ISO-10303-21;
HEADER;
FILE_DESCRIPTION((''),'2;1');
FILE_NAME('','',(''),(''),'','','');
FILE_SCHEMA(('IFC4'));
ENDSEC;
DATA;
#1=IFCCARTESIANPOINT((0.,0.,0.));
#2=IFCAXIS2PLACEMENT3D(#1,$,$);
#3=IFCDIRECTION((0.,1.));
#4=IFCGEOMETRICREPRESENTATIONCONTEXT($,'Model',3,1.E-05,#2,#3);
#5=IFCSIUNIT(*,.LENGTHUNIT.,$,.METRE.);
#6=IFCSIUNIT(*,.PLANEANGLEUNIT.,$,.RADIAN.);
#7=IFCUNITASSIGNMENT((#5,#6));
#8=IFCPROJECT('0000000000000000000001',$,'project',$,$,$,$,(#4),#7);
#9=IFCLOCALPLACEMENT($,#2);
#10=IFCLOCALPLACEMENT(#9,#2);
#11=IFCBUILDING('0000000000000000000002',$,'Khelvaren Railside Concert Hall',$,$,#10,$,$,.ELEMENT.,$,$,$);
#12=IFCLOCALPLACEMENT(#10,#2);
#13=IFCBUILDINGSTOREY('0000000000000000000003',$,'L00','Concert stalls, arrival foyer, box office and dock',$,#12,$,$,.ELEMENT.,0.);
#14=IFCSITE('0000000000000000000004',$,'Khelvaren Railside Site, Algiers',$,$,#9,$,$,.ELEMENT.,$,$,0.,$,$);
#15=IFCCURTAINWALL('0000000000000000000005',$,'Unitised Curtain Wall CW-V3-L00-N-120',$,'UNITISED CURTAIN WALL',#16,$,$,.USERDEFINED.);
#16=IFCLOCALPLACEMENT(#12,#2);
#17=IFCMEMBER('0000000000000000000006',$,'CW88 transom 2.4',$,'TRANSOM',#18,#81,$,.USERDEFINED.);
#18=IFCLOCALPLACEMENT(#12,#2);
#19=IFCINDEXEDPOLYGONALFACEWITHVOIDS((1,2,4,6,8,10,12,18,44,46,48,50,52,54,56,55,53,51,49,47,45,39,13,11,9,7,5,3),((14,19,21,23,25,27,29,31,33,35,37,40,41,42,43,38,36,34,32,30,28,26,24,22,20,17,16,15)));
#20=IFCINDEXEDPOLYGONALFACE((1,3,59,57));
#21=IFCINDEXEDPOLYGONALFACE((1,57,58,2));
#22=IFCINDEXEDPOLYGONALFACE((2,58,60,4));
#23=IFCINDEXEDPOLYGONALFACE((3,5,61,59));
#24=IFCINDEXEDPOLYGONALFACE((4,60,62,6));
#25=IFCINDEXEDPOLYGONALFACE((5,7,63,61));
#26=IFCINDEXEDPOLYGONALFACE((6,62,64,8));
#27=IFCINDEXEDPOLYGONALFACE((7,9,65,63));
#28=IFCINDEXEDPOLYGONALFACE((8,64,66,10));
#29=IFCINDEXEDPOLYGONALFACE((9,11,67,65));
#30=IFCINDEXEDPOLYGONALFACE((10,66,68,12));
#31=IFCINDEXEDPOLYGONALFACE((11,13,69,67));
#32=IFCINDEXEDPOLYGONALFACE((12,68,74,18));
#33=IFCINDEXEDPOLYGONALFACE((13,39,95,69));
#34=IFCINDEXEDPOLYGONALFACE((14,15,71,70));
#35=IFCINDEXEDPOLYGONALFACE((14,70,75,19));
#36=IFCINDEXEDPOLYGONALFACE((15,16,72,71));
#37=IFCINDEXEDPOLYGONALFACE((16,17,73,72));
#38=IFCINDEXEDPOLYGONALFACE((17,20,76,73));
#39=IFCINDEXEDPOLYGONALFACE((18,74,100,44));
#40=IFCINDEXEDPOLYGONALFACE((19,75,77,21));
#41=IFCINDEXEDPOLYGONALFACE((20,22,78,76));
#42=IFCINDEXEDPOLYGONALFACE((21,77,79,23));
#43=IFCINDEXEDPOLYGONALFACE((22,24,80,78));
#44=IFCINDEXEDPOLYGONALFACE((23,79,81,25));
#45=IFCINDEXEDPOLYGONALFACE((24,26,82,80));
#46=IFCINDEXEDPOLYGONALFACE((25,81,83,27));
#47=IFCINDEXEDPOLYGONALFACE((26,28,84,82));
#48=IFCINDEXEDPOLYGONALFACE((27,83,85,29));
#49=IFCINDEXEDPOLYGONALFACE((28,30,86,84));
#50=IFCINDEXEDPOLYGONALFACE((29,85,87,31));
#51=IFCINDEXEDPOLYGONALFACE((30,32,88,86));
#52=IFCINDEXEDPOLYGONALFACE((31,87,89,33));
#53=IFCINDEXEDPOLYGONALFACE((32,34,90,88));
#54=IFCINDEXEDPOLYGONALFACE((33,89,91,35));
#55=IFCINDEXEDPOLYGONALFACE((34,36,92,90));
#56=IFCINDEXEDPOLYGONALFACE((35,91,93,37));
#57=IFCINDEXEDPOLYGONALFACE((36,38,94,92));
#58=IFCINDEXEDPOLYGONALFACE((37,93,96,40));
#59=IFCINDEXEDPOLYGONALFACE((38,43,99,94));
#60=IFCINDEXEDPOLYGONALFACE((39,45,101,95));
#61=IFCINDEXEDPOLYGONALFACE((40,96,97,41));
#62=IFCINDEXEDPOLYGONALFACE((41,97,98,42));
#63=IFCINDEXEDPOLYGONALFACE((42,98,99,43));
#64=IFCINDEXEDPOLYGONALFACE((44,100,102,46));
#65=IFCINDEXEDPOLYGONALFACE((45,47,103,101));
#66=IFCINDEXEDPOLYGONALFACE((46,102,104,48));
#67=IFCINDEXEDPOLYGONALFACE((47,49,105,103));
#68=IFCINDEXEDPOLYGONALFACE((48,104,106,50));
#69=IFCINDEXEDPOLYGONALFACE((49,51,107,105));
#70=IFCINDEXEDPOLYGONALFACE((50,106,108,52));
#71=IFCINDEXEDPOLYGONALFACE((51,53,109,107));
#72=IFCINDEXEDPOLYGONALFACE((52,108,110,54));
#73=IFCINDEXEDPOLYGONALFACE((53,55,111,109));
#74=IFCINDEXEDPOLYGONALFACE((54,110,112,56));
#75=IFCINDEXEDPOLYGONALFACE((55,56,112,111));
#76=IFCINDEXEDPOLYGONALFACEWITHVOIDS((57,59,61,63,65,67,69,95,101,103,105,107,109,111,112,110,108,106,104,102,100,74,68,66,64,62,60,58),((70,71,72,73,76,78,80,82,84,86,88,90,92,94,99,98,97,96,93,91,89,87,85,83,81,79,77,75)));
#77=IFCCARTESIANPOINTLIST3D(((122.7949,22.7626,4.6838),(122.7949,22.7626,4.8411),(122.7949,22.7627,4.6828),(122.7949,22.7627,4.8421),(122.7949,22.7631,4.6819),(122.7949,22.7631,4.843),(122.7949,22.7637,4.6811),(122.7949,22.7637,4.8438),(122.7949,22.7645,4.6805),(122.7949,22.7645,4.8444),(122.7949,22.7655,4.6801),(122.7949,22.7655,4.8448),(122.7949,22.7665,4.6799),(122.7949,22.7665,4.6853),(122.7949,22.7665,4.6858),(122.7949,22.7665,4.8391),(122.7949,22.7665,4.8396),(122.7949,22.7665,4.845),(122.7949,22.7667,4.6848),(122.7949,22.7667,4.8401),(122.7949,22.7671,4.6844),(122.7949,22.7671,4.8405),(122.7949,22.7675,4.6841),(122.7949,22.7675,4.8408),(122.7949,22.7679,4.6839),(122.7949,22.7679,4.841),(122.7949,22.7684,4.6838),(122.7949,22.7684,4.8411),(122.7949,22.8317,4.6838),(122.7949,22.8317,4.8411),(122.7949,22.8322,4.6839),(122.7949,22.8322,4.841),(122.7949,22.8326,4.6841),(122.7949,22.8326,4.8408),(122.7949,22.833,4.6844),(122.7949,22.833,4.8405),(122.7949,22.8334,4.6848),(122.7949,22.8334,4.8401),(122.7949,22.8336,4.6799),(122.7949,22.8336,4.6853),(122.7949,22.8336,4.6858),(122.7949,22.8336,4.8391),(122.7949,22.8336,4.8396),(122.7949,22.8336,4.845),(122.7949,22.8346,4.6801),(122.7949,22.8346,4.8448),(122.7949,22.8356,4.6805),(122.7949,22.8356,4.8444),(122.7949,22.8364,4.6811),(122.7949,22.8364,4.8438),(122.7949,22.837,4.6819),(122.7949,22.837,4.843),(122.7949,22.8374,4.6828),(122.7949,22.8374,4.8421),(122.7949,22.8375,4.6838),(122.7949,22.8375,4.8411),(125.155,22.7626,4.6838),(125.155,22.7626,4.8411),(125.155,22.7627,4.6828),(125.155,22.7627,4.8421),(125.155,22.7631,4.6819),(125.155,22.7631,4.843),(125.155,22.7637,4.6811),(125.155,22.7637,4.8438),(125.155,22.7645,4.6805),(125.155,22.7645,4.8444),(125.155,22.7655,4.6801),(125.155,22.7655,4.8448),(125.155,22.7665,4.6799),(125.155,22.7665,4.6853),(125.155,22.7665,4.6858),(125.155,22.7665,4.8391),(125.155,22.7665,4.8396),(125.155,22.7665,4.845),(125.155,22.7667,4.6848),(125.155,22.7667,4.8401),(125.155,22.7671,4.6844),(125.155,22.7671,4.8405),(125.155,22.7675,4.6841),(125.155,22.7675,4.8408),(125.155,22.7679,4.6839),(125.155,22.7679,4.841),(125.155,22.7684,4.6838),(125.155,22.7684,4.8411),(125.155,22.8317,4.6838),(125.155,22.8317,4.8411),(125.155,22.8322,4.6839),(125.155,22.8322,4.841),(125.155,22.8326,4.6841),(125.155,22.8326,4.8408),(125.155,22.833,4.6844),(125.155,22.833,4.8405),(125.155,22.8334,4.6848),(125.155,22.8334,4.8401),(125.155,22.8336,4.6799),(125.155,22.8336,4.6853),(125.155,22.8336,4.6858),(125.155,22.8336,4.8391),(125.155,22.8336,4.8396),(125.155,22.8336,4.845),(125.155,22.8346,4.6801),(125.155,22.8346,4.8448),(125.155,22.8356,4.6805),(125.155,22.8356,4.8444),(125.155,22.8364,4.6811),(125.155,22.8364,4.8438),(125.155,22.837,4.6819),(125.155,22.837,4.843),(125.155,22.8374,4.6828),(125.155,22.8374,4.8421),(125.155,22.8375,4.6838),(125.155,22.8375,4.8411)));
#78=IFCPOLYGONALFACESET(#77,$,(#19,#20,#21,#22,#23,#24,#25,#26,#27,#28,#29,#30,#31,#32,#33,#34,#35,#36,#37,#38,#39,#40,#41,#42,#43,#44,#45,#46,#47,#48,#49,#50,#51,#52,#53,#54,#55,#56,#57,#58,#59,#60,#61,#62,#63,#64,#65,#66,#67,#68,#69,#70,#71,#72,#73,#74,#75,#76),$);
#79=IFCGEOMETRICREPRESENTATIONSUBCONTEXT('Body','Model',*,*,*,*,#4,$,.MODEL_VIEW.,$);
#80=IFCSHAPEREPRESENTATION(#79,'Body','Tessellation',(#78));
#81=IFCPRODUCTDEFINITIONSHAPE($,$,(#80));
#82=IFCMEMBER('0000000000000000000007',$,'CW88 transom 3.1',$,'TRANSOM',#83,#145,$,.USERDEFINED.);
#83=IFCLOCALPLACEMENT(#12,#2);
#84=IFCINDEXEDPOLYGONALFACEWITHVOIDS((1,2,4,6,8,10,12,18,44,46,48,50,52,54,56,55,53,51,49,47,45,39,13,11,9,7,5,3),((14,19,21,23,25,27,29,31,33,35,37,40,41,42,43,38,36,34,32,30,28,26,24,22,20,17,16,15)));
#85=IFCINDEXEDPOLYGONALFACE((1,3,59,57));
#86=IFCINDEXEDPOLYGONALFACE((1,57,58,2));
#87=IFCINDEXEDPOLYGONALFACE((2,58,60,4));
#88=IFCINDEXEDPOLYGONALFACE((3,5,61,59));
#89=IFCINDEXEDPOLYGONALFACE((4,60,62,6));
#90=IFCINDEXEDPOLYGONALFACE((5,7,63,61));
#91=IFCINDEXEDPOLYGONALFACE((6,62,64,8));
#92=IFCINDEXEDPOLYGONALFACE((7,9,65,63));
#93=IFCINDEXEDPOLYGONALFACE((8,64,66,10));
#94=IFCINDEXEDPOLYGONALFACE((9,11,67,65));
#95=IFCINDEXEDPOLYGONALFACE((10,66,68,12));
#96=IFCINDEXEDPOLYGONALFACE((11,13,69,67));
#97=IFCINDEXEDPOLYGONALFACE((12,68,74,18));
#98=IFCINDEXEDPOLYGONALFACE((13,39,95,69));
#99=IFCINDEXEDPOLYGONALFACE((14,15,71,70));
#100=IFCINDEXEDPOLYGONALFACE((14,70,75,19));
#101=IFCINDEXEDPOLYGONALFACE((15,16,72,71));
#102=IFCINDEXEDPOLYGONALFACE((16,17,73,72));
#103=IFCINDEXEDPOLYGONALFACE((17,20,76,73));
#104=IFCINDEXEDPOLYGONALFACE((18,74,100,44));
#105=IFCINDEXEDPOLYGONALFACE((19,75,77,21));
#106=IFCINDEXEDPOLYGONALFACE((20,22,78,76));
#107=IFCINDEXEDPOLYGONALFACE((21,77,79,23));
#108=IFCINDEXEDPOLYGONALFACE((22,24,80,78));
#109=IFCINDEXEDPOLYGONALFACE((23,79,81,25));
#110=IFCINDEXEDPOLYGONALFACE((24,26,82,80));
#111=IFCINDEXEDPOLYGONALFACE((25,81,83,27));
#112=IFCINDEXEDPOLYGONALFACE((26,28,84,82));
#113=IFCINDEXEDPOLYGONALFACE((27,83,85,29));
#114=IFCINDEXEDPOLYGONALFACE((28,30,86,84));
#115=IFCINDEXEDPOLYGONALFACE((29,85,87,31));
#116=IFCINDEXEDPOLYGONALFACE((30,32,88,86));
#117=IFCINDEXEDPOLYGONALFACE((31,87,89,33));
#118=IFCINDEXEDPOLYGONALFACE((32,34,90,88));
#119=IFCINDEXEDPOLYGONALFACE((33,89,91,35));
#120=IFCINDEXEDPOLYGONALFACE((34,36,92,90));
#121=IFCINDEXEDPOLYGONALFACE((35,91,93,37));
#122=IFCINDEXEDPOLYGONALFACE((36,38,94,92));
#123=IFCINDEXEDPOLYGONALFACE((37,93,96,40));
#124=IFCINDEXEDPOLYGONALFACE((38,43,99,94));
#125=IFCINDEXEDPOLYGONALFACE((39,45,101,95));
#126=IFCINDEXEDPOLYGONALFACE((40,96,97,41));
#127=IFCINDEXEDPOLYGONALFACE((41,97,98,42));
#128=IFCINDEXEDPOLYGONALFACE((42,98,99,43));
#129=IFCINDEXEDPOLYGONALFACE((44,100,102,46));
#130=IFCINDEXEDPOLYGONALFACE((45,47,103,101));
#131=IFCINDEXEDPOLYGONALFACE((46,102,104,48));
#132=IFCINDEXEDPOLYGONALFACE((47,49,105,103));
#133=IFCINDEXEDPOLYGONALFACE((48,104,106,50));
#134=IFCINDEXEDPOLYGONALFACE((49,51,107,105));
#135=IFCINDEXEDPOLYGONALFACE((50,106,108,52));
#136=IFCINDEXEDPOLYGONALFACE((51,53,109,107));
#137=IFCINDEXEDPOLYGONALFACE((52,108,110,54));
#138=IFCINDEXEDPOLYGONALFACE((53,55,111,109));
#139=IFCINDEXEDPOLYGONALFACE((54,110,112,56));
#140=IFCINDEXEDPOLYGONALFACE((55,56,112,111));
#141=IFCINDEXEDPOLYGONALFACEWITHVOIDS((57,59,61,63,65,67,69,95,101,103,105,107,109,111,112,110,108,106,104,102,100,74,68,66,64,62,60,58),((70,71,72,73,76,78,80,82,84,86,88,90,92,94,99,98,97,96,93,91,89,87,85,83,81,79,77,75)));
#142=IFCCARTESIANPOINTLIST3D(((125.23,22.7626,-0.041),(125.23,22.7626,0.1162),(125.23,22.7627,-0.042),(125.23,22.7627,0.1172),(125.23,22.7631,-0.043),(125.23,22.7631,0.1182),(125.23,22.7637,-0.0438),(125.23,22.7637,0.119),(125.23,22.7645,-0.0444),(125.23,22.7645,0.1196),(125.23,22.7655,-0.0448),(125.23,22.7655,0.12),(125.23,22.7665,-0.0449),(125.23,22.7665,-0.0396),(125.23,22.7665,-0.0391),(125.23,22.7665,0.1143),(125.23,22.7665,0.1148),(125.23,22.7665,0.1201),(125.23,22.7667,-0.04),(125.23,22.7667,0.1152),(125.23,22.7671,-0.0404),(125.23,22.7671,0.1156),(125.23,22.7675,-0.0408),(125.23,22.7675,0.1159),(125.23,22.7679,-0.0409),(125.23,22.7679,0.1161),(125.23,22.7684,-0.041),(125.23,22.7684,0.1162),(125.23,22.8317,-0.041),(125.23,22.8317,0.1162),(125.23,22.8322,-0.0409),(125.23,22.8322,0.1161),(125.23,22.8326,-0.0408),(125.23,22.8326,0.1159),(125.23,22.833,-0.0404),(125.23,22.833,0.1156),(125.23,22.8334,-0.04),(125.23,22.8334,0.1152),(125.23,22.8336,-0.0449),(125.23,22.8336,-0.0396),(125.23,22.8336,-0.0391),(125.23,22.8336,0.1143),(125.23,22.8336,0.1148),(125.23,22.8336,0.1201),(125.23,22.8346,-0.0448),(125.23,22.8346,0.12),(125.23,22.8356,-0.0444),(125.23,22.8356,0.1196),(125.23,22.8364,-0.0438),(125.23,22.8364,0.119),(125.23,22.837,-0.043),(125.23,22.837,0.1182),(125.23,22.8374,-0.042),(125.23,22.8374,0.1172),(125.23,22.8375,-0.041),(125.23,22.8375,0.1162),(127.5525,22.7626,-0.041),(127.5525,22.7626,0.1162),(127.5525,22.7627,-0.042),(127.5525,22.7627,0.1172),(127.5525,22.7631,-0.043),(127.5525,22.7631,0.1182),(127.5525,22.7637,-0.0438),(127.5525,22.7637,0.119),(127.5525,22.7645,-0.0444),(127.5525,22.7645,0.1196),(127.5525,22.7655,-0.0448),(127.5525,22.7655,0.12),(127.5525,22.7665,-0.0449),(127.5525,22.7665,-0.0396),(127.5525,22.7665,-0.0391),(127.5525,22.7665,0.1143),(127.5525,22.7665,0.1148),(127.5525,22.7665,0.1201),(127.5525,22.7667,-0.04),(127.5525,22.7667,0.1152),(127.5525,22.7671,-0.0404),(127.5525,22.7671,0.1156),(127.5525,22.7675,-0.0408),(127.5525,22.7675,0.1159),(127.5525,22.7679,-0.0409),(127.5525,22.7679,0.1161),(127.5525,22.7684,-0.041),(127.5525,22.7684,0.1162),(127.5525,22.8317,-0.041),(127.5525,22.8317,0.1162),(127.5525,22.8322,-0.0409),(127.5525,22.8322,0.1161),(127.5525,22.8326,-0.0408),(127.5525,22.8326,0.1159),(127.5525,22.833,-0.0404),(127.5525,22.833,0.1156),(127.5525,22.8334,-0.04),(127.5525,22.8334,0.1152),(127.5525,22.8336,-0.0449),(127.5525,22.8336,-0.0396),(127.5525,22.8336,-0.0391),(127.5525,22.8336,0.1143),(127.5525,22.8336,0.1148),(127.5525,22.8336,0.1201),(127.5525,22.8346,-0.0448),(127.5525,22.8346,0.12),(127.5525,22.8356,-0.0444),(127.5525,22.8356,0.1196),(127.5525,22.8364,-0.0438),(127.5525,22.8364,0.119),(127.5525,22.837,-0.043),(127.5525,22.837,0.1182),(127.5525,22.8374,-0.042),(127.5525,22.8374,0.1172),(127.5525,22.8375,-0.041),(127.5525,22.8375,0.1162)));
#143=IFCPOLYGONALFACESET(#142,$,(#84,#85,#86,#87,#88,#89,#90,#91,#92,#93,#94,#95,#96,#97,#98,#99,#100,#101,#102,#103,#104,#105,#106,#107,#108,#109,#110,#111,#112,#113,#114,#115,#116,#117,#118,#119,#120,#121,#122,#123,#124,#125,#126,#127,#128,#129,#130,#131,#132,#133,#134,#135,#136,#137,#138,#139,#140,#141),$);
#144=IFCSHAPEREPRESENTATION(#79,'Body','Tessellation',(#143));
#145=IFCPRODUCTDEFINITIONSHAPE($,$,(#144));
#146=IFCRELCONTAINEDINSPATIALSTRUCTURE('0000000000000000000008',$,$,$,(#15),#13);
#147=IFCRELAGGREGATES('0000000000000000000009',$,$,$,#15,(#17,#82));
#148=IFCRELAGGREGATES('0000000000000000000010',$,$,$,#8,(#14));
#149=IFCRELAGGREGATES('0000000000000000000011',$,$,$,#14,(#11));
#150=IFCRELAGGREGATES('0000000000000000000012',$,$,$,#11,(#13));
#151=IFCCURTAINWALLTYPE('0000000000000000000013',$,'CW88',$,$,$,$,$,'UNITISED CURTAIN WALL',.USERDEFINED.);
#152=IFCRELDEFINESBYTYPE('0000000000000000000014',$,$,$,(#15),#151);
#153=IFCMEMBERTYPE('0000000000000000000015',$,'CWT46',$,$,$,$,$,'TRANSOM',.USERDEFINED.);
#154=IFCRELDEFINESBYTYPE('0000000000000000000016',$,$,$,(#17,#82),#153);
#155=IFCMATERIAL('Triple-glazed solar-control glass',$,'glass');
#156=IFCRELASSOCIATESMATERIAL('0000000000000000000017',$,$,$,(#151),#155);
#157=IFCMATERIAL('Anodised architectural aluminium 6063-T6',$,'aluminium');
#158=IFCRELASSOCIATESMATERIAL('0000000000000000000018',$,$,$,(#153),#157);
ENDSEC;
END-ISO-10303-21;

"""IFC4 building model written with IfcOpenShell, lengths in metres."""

from ifc_helpers import new_model, si_unit, direction, frame, origin, origin_2d, place, context, subcontext, project, spatial, hollow_rectangle, extrude, material, material_profile, profile_set, type_object, element, aggregate, save


model = new_model("IFC4")

# Units and contexts
model_context = context("Model", 3, precision=1e-05, world=origin(), true_north=direction((0.0, 1.0)))
body_context = subcontext(model_context, "Body", "Model", "MODEL_VIEW")
ifc_project = project(units=[si_unit("LENGTHUNIT", "METRE"), si_unit("PLANEANGLEUNIT", "RADIAN")], contexts=[model_context])

# Site, building, storey
site_placement = place(None, origin())
site = spatial("IfcSite", under=ifc_project, at=site_placement, Name="Khelvaren Railside Site, Algiers", CompositionType="ELEMENT", RefElevation=0.0)
building_placement = place(site_placement, origin())
building = spatial("IfcBuilding", under=site, at=building_placement, Name="Khelvaren Railside Concert Hall", CompositionType="ELEMENT")
storey_placement = place(building_placement, origin())
storey = spatial("IfcBuildingStorey", under=building, at=storey_placement, Name="L00", Description="Concert stalls, arrival foyer, box office and dock", CompositionType="ELEMENT", Elevation=0.0)

# Curtain wall
ifc_material_1 = material(Name="Triple-glazed solar-control glass", Category="glass")
ifc_material_2 = material(Name="Anodised architectural aluminium 6063-T6", Category="aluminium")
curtain_wall_type_1 = type_object("IfcCurtainWallType", Name="CW88", ElementType="UNITISED CURTAIN WALL", PredefinedType="USERDEFINED", material=ifc_material_1)
curtain_wall_1_placement = place(storey_placement, origin())
curtain_wall_1 = element("IfcCurtainWall", 1, at=curtain_wall_1_placement, inside=storey, type_object=curtain_wall_type_1, Name="Unitised Curtain Wall CW-V3-L00-N-120", ObjectType="UNITISED CURTAIN WALL", PredefinedType="USERDEFINED")

# Members
ifc_material_profile_1 = material_profile(ifc_material_2, hollow_rectangle(XDim=0.075, YDim=0.165, WallThickness=0.0039, InnerFilletRadius=0.002, OuterFilletRadius=0.0039, at=origin_2d()), Name="CWT 75x165x4")
ifc_profile_set_1 = profile_set([ifc_material_profile_1], Name="Anodised architectural aluminium 6063-T6")
member_type_1 = type_object("IfcMemberType", Name="CWT46", ElementType="TRANSOM", PredefinedType="USERDEFINED", material=ifc_profile_set_1)
member_1_placement = place(storey_placement, frame((122.7949, 22.8, 4.7625), z_axis=(1.0, 0.0, 0.0), x_axis=(0.0, 1.0, 0.0)))
member_1 = element("IfcMember", 2, at=member_1_placement, type_object=member_type_1, Name="CW88 transom 2.4", ObjectType="TRANSOM", PredefinedType="USERDEFINED", context=body_context, shape_type="SweptSolid", body=[
    extrude(hollow_rectangle(XDim=0.075, YDim=0.165, WallThickness=0.0039, InnerFilletRadius=0.002, OuterFilletRadius=0.0039, at=origin_2d()), origin(), (0.0, 0.0, 1.0), 2.3601),
])
member_2_placement = place(storey_placement, frame((125.23, 22.8, 0.0376), z_axis=(1.0, 0.0, 0.0), x_axis=(0.0, 1.0, 0.0)))
member_2 = element("IfcMember", 3, at=member_2_placement, type_object=member_type_1, Name="CW88 transom 3.1", ObjectType="TRANSOM", PredefinedType="USERDEFINED", context=body_context, shape_type="SweptSolid", body=[
    extrude(hollow_rectangle(XDim=0.075, YDim=0.165, WallThickness=0.0039, InnerFilletRadius=0.002, OuterFilletRadius=0.0039, at=origin_2d()), origin(), (0.0, 0.0, 1.0), 2.3225),
])

aggregate(curtain_wall_1, [member_1, member_2])

save(model, "model.ifc")
